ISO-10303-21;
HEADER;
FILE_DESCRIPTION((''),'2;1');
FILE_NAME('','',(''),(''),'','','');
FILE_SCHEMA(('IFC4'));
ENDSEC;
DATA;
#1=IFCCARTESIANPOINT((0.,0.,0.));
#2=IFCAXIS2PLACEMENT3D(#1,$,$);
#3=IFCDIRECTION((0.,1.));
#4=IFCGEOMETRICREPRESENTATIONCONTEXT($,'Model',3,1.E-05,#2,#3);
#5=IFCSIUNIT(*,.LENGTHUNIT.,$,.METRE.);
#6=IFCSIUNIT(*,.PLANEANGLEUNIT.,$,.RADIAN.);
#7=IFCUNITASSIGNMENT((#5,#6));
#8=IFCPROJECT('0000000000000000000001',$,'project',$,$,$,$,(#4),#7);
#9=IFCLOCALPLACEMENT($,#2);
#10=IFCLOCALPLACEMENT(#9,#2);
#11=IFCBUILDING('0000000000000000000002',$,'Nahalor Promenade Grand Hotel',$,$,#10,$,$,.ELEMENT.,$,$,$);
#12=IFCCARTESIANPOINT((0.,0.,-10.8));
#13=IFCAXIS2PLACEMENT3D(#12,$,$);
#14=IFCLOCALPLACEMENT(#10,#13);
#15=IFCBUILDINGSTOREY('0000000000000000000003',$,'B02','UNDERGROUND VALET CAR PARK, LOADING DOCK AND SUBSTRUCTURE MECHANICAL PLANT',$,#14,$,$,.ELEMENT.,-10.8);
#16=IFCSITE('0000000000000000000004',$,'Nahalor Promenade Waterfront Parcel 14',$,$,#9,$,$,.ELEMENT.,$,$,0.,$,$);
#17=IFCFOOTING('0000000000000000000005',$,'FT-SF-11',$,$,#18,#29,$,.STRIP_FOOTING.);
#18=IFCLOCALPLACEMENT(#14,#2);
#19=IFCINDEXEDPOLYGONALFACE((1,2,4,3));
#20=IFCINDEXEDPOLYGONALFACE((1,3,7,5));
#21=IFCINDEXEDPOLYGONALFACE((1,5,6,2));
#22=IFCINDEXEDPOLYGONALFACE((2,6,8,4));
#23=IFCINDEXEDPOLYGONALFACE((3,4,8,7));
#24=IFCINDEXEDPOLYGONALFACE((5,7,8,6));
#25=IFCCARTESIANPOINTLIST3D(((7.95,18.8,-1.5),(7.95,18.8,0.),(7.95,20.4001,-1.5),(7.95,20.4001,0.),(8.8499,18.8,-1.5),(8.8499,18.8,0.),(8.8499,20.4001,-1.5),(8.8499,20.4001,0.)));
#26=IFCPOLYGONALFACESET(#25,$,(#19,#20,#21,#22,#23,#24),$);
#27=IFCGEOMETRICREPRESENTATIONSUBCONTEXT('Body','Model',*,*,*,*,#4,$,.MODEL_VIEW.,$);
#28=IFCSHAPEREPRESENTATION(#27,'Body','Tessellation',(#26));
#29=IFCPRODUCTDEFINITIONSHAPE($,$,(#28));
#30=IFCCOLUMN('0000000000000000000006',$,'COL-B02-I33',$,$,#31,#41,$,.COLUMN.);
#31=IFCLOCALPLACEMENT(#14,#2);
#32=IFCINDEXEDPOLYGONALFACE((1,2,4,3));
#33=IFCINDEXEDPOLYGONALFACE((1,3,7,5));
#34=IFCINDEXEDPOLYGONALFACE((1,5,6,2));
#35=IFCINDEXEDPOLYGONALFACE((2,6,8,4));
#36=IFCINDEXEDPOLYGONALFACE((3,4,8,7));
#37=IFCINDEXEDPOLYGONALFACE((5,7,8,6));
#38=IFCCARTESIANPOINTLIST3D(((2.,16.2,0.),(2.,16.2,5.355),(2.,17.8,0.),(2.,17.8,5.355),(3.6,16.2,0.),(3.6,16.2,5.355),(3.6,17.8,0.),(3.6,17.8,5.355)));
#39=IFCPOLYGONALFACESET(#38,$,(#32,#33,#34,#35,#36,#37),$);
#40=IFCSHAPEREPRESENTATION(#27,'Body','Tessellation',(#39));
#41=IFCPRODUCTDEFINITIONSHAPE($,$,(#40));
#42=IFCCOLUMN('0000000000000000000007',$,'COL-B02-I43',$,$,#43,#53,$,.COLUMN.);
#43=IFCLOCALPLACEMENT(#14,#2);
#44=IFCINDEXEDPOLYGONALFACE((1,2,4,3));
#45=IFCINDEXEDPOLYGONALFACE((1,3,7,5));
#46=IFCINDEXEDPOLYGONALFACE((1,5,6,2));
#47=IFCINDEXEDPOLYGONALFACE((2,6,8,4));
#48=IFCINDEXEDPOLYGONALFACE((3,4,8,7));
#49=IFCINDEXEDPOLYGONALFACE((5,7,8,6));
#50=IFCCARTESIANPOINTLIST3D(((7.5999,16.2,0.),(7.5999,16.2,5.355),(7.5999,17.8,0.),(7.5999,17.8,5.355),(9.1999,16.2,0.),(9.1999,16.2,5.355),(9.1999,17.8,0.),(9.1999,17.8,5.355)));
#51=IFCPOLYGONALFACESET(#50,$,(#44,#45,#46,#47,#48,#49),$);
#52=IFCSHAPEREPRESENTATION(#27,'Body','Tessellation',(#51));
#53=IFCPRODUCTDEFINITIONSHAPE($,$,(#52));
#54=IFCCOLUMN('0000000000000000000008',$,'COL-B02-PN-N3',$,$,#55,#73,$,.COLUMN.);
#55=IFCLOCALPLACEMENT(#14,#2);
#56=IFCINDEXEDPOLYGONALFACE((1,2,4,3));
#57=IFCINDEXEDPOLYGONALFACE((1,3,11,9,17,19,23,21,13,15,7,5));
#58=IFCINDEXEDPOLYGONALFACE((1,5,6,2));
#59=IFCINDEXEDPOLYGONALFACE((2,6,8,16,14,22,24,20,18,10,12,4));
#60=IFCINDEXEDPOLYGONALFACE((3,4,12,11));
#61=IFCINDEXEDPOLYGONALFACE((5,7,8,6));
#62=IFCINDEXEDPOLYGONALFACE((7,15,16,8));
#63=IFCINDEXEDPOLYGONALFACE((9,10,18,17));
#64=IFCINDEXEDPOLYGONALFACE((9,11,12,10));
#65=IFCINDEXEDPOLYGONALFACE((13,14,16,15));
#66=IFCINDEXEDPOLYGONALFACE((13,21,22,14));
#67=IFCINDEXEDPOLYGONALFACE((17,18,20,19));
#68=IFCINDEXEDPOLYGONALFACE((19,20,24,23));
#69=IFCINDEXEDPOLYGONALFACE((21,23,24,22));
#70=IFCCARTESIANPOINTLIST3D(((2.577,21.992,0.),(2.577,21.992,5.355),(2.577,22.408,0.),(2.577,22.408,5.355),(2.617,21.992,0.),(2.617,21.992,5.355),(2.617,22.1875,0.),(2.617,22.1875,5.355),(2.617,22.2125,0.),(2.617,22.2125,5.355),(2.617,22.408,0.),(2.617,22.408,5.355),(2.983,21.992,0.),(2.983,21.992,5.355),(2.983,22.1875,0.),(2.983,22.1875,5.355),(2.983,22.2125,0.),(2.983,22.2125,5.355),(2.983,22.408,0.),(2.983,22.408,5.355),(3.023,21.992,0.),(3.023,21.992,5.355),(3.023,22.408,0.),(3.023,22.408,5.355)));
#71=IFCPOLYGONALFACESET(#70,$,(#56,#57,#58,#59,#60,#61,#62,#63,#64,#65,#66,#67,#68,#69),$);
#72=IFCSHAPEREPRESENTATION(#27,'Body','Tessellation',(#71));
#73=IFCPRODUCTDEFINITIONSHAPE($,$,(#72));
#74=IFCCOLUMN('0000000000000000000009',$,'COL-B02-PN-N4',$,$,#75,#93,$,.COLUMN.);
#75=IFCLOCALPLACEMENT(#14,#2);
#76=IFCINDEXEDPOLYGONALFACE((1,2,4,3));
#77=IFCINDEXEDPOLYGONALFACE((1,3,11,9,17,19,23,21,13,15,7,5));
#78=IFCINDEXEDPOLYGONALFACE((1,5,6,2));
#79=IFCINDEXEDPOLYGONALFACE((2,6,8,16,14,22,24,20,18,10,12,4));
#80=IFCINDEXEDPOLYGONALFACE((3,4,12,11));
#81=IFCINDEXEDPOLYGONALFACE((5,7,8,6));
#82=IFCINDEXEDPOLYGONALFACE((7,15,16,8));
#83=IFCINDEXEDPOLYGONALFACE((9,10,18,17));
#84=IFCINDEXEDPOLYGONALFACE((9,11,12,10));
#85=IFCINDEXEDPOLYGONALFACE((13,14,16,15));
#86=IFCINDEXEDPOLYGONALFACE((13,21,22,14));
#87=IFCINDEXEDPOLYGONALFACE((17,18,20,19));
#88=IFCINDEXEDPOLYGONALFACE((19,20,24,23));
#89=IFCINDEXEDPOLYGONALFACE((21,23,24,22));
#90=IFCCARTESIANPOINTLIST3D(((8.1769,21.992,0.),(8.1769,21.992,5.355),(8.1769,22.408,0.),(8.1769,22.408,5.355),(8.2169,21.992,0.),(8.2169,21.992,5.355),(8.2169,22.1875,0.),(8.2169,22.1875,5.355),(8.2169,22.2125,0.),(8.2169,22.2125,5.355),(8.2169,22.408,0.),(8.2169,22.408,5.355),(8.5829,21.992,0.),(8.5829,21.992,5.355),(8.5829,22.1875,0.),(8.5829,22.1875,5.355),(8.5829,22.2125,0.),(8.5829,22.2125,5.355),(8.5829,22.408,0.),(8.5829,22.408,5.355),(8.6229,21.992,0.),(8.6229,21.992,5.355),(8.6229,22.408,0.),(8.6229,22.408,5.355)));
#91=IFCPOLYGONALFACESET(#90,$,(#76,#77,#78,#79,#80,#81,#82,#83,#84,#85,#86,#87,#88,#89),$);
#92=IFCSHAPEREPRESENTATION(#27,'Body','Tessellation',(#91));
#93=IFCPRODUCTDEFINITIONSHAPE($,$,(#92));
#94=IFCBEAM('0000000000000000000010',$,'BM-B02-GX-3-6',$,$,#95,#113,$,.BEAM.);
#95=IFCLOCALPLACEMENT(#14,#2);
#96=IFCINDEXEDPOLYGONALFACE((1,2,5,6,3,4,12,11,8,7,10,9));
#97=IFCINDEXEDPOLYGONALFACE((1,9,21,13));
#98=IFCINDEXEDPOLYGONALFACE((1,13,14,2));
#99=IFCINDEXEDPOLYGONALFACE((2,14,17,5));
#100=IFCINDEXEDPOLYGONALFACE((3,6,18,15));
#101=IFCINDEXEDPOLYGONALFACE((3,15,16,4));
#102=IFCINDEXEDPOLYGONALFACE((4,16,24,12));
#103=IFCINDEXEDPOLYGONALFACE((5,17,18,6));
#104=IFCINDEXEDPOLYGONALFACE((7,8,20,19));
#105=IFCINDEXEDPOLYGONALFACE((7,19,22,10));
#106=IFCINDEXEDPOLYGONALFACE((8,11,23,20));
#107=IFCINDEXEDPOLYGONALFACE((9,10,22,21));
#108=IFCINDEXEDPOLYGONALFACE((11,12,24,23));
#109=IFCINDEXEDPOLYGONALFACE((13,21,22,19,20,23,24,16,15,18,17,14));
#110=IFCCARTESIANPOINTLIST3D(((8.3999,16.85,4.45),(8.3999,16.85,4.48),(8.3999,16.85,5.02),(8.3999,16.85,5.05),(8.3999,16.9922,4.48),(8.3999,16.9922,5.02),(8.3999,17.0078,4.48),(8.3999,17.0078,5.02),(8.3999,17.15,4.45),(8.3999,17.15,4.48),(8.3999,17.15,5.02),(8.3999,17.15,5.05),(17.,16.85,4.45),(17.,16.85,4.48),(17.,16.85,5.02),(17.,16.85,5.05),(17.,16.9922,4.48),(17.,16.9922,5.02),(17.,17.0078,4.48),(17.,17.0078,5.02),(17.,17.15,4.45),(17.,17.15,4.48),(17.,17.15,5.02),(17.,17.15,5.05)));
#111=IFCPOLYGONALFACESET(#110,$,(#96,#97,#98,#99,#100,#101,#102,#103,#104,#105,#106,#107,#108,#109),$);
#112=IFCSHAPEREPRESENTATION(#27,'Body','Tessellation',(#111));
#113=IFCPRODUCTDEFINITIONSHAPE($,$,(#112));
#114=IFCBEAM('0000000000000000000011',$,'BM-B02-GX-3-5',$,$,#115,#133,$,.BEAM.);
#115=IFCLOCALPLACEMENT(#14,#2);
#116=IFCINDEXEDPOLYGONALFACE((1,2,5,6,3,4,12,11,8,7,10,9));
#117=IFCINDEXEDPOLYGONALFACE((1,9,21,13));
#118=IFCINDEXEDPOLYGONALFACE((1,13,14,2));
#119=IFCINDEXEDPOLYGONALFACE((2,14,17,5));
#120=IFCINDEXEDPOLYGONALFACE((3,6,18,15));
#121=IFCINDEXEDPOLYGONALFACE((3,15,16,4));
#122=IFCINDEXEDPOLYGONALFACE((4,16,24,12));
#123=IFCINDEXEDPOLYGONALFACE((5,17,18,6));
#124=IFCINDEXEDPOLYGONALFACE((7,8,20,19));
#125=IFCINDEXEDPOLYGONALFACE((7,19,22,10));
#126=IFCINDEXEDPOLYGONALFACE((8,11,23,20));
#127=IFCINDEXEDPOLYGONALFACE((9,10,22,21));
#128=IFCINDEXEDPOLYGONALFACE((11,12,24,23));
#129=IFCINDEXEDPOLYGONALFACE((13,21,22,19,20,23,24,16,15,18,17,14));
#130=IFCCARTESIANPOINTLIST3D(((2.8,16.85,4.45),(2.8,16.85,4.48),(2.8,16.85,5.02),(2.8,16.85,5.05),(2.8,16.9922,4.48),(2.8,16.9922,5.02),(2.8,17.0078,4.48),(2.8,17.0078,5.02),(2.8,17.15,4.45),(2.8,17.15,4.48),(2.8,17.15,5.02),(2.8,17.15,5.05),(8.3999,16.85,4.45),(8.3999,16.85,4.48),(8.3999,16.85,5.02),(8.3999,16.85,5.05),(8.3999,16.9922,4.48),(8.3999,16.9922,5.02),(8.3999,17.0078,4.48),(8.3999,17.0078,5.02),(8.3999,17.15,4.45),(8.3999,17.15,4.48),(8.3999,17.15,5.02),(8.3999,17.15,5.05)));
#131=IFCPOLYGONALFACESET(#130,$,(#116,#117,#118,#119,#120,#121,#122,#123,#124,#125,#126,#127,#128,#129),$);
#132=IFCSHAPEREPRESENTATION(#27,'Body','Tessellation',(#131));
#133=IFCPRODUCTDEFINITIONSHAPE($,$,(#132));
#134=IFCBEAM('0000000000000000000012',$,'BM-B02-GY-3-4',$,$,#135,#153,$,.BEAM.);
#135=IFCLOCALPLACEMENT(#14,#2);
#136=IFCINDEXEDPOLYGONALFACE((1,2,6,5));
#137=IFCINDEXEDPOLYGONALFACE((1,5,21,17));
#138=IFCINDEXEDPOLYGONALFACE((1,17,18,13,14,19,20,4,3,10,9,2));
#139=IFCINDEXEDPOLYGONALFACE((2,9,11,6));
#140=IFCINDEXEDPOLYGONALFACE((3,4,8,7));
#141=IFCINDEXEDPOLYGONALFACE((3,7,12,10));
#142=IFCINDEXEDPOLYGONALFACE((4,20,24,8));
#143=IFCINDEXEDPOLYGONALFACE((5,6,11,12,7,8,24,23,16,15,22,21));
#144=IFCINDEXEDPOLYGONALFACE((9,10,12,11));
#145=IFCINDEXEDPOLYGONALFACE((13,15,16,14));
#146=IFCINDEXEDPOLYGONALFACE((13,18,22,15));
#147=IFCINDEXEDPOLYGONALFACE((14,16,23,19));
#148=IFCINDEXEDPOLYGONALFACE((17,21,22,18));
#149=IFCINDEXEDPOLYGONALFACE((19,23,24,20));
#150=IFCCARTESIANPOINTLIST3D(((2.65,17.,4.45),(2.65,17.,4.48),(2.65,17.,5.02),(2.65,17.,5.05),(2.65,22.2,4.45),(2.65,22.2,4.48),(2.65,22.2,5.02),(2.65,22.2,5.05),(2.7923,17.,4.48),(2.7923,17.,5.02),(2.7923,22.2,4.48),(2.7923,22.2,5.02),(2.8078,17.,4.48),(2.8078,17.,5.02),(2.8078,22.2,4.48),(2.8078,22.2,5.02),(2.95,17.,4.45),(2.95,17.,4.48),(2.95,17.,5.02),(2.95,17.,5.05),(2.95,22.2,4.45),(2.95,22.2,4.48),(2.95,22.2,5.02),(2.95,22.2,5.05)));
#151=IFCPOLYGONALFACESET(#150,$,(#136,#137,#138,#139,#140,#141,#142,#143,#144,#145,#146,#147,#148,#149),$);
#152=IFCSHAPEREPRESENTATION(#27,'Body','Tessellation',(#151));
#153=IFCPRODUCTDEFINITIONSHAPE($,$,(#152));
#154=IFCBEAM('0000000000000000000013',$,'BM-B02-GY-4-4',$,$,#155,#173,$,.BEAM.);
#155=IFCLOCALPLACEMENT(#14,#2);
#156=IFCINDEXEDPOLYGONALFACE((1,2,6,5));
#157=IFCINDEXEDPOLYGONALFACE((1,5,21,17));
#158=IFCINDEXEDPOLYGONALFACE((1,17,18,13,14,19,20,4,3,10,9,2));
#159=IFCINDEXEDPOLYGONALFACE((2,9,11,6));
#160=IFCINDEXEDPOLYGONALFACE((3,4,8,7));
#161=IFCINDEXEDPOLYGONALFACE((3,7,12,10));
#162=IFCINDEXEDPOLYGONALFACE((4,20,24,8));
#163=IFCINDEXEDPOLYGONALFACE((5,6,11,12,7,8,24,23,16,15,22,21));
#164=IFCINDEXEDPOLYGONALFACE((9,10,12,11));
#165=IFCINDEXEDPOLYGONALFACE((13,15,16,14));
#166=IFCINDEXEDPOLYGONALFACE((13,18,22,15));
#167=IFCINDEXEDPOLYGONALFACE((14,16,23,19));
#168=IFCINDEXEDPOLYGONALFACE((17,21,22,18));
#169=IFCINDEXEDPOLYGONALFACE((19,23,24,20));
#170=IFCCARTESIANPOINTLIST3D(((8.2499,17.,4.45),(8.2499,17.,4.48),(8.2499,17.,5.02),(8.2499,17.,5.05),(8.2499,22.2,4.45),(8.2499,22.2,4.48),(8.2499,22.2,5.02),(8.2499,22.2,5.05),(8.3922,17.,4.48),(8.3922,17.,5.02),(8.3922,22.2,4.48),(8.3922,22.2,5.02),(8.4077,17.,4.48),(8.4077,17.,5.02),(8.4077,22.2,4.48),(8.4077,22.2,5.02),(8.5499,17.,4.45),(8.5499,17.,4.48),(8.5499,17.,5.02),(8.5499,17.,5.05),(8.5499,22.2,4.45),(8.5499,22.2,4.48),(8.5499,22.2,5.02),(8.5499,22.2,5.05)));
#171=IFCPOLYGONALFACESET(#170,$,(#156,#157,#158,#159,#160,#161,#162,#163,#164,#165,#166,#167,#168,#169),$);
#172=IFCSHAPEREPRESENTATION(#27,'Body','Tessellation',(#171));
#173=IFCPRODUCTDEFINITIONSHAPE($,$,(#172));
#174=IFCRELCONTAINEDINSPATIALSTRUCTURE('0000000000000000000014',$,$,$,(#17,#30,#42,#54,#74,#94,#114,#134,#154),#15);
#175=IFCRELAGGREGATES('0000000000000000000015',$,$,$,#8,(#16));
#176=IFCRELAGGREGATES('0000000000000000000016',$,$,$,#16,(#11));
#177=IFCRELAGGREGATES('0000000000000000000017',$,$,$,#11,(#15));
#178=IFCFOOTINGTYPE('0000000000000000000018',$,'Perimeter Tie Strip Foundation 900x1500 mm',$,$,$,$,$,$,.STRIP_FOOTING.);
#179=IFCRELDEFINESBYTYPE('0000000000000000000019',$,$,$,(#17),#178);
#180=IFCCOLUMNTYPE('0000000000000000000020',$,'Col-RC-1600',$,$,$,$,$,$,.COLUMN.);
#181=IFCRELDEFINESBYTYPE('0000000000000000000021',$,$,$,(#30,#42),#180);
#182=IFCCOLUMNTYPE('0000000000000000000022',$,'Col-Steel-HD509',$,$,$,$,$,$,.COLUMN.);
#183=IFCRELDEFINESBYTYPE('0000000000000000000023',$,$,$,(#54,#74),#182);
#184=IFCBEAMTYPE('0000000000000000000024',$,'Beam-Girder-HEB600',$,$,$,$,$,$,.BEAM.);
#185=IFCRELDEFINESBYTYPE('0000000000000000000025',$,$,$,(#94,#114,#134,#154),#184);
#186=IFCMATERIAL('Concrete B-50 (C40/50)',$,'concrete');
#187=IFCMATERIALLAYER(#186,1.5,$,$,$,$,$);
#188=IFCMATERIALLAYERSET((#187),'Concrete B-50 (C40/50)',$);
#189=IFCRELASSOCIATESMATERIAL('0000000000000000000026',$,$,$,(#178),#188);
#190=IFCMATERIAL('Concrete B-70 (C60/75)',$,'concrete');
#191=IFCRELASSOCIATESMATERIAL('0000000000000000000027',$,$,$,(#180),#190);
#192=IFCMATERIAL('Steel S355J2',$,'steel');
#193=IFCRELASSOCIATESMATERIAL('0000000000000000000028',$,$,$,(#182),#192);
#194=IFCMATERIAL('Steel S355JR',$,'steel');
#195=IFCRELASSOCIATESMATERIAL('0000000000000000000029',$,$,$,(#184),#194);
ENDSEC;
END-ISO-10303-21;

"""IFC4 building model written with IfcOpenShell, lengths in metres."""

from ifc_helpers import new_model, si_unit, direction, frame, origin, origin_2d, place, context, subcontext, project, spatial, rectangle, i_section, extrude, source, transform, mapped, material, layer, layer_set, material_profile, profile_set, type_object, element, save


model = new_model("IFC4")

# Units and contexts
model_context = context("Model", 3, precision=1e-05, world=origin(), true_north=direction((0.0, 1.0)))
body_context = subcontext(model_context, "Body", "Model", "MODEL_VIEW")
ifc_project = project(units=[si_unit("LENGTHUNIT", "METRE"), si_unit("PLANEANGLEUNIT", "RADIAN")], contexts=[model_context])

# Site, building, storey
site_placement = place(None, origin())
site = spatial("IfcSite", under=ifc_project, at=site_placement, Name="Nahalor Promenade Waterfront Parcel 14", CompositionType="ELEMENT", RefElevation=0.0)
building_placement = place(site_placement, origin())
building = spatial("IfcBuilding", under=site, at=building_placement, Name="Nahalor Promenade Grand Hotel", CompositionType="ELEMENT")
storey_placement = place(building_placement, frame((0.0, 0.0, -10.8)))
storey = spatial("IfcBuildingStorey", under=building, at=storey_placement, Name="B02", Description="UNDERGROUND VALET CAR PARK, LOADING DOCK AND SUBSTRUCTURE MECHANICAL PLANT", CompositionType="ELEMENT", Elevation=-10.8)

# Shared definitions
ifc_material_1 = material(Name="Concrete B-50 (C40/50)", Category="concrete")

# Footing
ifc_layer_1 = layer(ifc_material_1, 1.5)
ifc_layer_set_1 = layer_set([ifc_layer_1], Name="Concrete B-50 (C40/50)")
footing_type_1 = type_object("IfcFootingType", Name="Perimeter Tie Strip Foundation 900x1500 mm", PredefinedType="STRIP_FOOTING", material=ifc_layer_set_1)
shared_shape_1 = source(origin(), body_context, "Body", "SweptSolid", [
    extrude(rectangle(XDim=0.8999, YDim=1.6001, at=origin_2d()), origin(), (0.0, 0.0, 1.0), 1.5),
])
footing_placement = place(storey_placement, frame((8.3999, 19.6001, -1.5), z_axis=(0.0, 0.0, 1.0), x_axis=(1.0, 0.0, 0.0)))
element("IfcFooting", 1, at=footing_placement, inside=storey, type_object=footing_type_1, Name="FT-SF-11", PredefinedType="STRIP_FOOTING", context=body_context, shape_type="MappedRepresentation", body=[
    mapped(shared_shape_1, transform((0.0, 0.0, 0.0), scale=1.0)),
])

# Columns
ifc_material_2 = material(Name="Concrete B-70 (C60/75)", Category="concrete")
ifc_material_profile_1 = material_profile(ifc_material_2, rectangle(XDim=1.6, YDim=1.6, at=origin_2d()), Name="RC 1600x1600")
ifc_profile_set_1 = profile_set([ifc_material_profile_1], Name="Concrete B-70 (C60/75)")
column_type_1 = type_object("IfcColumnType", Name="Col-RC-1600", PredefinedType="COLUMN", material=ifc_profile_set_1)
shared_shape_2 = source(origin(), body_context, "Body", "SweptSolid", [
    extrude(rectangle(XDim=1.6, YDim=1.6, at=origin_2d()), origin(), (0.0, 0.0, 1.0), 5.355),
])
for number, where, z_axis, x_axis, name in (
    (2, (2.8, 17.0, 0.0), (0.0, 0.0, 1.0), (1.0, 0.0, 0.0), "COL-B02-I33"),
    (3, (8.3999, 17.0, 0.0), (0.0, 0.0, 1.0), (1.0, 0.0, 0.0), "COL-B02-I43"),
):
    element("IfcColumn", number, at=place(storey_placement, frame(where, z_axis=z_axis, x_axis=x_axis)), inside=storey, type_object=column_type_1, Name=name, PredefinedType="COLUMN", context=body_context, shape_type="MappedRepresentation", body=[
        mapped(shared_shape_2, transform((0.0, 0.0, 0.0), scale=1.0)),
    ])
ifc_material_3 = material(Name="Steel S355J2", Category="steel")
ifc_material_profile_2 = material_profile(ifc_material_3, i_section(OverallWidth=0.416, OverallDepth=0.446, WebThickness=0.025, FlangeThickness=0.04, at=origin_2d()), Name="HD 400x509")
ifc_profile_set_2 = profile_set([ifc_material_profile_2], Name="Steel S355J2")
column_type_2 = type_object("IfcColumnType", Name="Col-Steel-HD509", PredefinedType="COLUMN", material=ifc_profile_set_2)
shared_shape_3 = source(origin(), body_context, "Body", "SweptSolid", [
    extrude(i_section(OverallWidth=0.416, OverallDepth=0.446, WebThickness=0.025, FlangeThickness=0.04, at=origin_2d()), origin(), (0.0, 0.0, 1.0), 5.355),
])
for number, where, z_axis, x_axis, name in (
    (4, (2.8, 22.2, 0.0), (0.0, 0.0, 1.0), (0.0, 1.0, 0.0), "COL-B02-PN-N3"),
    (5, (8.3999, 22.2, 0.0), (0.0, 0.0, 1.0), (0.0, 1.0, 0.0), "COL-B02-PN-N4"),
):
    element("IfcColumn", number, at=place(storey_placement, frame(where, z_axis=z_axis, x_axis=x_axis)), inside=storey, type_object=column_type_2, Name=name, PredefinedType="COLUMN", context=body_context, shape_type="MappedRepresentation", body=[
        mapped(shared_shape_3, transform((0.0, 0.0, 0.0), scale=1.0)),
    ])

# Beams
ifc_material_4 = material(Name="Steel S355JR", Category="steel")
ifc_material_profile_3 = material_profile(ifc_material_4, i_section(OverallWidth=0.3, OverallDepth=0.6, WebThickness=0.0155, FlangeThickness=0.03, at=origin_2d()), Name="HEB 600")
ifc_profile_set_3 = profile_set([ifc_material_profile_3], Name="Steel S355JR")
beam_type_1 = type_object("IfcBeamType", Name="Beam-Girder-HEB600", PredefinedType="BEAM", material=ifc_profile_set_3)
shared_shape_4 = source(origin(), body_context, "Body", "SweptSolid", [
    extrude(i_section(OverallWidth=0.3, OverallDepth=0.6, WebThickness=0.0155, FlangeThickness=0.03, at=origin_2d()), origin(), (0.0, 0.0, 1.0), 8.6001),
])
beam_1_placement = place(storey_placement, frame((8.3999, 17.0, 4.75), z_axis=(1.0, 0.0, 0.0), x_axis=(0.0, 1.0, 0.0)))
element("IfcBeam", 6, at=beam_1_placement, inside=storey, type_object=beam_type_1, Name="BM-B02-GX-3-6", PredefinedType="BEAM", context=body_context, shape_type="MappedRepresentation", body=[
    mapped(shared_shape_4, transform((0.0, 0.0, 0.0), scale=1.0)),
])
shared_shape_5 = source(origin(), body_context, "Body", "SweptSolid", [
    extrude(i_section(OverallWidth=0.3, OverallDepth=0.6, WebThickness=0.0155, FlangeThickness=0.03, at=origin_2d()), origin(), (0.0, 0.0, 1.0), 5.5999),
])
beam_2_placement = place(storey_placement, frame((2.8, 17.0, 4.75), z_axis=(1.0, 0.0, 0.0), x_axis=(0.0, 1.0, 0.0)))
element("IfcBeam", 7, at=beam_2_placement, inside=storey, type_object=beam_type_1, Name="BM-B02-GX-3-5", PredefinedType="BEAM", context=body_context, shape_type="MappedRepresentation", body=[
    mapped(shared_shape_5, transform((0.0, 0.0, 0.0), scale=1.0)),
])
shared_shape_6 = source(origin(), body_context, "Body", "SweptSolid", [
    extrude(i_section(OverallWidth=0.3, OverallDepth=0.6, WebThickness=0.0155, FlangeThickness=0.03, at=origin_2d()), origin(), (0.0, 0.0, 1.0), 5.2),
])
for number, where, z_axis, x_axis, name in (
    (8, (2.8, 17.0, 4.75), (0.0, 1.0, 0.0), (-1.0, 0.0, 0.0), "BM-B02-GY-3-4"),
    (9, (8.3999, 17.0, 4.75), (0.0, 1.0, 0.0), (-1.0, 0.0, 0.0), "BM-B02-GY-4-4"),
):
    element("IfcBeam", number, at=place(storey_placement, frame(where, z_axis=z_axis, x_axis=x_axis)), inside=storey, type_object=beam_type_1, Name=name, PredefinedType="BEAM", context=body_context, shape_type="MappedRepresentation", body=[
        mapped(shared_shape_6, transform((0.0, 0.0, 0.0), scale=1.0)),
    ])

save(model, "model.ifc")
